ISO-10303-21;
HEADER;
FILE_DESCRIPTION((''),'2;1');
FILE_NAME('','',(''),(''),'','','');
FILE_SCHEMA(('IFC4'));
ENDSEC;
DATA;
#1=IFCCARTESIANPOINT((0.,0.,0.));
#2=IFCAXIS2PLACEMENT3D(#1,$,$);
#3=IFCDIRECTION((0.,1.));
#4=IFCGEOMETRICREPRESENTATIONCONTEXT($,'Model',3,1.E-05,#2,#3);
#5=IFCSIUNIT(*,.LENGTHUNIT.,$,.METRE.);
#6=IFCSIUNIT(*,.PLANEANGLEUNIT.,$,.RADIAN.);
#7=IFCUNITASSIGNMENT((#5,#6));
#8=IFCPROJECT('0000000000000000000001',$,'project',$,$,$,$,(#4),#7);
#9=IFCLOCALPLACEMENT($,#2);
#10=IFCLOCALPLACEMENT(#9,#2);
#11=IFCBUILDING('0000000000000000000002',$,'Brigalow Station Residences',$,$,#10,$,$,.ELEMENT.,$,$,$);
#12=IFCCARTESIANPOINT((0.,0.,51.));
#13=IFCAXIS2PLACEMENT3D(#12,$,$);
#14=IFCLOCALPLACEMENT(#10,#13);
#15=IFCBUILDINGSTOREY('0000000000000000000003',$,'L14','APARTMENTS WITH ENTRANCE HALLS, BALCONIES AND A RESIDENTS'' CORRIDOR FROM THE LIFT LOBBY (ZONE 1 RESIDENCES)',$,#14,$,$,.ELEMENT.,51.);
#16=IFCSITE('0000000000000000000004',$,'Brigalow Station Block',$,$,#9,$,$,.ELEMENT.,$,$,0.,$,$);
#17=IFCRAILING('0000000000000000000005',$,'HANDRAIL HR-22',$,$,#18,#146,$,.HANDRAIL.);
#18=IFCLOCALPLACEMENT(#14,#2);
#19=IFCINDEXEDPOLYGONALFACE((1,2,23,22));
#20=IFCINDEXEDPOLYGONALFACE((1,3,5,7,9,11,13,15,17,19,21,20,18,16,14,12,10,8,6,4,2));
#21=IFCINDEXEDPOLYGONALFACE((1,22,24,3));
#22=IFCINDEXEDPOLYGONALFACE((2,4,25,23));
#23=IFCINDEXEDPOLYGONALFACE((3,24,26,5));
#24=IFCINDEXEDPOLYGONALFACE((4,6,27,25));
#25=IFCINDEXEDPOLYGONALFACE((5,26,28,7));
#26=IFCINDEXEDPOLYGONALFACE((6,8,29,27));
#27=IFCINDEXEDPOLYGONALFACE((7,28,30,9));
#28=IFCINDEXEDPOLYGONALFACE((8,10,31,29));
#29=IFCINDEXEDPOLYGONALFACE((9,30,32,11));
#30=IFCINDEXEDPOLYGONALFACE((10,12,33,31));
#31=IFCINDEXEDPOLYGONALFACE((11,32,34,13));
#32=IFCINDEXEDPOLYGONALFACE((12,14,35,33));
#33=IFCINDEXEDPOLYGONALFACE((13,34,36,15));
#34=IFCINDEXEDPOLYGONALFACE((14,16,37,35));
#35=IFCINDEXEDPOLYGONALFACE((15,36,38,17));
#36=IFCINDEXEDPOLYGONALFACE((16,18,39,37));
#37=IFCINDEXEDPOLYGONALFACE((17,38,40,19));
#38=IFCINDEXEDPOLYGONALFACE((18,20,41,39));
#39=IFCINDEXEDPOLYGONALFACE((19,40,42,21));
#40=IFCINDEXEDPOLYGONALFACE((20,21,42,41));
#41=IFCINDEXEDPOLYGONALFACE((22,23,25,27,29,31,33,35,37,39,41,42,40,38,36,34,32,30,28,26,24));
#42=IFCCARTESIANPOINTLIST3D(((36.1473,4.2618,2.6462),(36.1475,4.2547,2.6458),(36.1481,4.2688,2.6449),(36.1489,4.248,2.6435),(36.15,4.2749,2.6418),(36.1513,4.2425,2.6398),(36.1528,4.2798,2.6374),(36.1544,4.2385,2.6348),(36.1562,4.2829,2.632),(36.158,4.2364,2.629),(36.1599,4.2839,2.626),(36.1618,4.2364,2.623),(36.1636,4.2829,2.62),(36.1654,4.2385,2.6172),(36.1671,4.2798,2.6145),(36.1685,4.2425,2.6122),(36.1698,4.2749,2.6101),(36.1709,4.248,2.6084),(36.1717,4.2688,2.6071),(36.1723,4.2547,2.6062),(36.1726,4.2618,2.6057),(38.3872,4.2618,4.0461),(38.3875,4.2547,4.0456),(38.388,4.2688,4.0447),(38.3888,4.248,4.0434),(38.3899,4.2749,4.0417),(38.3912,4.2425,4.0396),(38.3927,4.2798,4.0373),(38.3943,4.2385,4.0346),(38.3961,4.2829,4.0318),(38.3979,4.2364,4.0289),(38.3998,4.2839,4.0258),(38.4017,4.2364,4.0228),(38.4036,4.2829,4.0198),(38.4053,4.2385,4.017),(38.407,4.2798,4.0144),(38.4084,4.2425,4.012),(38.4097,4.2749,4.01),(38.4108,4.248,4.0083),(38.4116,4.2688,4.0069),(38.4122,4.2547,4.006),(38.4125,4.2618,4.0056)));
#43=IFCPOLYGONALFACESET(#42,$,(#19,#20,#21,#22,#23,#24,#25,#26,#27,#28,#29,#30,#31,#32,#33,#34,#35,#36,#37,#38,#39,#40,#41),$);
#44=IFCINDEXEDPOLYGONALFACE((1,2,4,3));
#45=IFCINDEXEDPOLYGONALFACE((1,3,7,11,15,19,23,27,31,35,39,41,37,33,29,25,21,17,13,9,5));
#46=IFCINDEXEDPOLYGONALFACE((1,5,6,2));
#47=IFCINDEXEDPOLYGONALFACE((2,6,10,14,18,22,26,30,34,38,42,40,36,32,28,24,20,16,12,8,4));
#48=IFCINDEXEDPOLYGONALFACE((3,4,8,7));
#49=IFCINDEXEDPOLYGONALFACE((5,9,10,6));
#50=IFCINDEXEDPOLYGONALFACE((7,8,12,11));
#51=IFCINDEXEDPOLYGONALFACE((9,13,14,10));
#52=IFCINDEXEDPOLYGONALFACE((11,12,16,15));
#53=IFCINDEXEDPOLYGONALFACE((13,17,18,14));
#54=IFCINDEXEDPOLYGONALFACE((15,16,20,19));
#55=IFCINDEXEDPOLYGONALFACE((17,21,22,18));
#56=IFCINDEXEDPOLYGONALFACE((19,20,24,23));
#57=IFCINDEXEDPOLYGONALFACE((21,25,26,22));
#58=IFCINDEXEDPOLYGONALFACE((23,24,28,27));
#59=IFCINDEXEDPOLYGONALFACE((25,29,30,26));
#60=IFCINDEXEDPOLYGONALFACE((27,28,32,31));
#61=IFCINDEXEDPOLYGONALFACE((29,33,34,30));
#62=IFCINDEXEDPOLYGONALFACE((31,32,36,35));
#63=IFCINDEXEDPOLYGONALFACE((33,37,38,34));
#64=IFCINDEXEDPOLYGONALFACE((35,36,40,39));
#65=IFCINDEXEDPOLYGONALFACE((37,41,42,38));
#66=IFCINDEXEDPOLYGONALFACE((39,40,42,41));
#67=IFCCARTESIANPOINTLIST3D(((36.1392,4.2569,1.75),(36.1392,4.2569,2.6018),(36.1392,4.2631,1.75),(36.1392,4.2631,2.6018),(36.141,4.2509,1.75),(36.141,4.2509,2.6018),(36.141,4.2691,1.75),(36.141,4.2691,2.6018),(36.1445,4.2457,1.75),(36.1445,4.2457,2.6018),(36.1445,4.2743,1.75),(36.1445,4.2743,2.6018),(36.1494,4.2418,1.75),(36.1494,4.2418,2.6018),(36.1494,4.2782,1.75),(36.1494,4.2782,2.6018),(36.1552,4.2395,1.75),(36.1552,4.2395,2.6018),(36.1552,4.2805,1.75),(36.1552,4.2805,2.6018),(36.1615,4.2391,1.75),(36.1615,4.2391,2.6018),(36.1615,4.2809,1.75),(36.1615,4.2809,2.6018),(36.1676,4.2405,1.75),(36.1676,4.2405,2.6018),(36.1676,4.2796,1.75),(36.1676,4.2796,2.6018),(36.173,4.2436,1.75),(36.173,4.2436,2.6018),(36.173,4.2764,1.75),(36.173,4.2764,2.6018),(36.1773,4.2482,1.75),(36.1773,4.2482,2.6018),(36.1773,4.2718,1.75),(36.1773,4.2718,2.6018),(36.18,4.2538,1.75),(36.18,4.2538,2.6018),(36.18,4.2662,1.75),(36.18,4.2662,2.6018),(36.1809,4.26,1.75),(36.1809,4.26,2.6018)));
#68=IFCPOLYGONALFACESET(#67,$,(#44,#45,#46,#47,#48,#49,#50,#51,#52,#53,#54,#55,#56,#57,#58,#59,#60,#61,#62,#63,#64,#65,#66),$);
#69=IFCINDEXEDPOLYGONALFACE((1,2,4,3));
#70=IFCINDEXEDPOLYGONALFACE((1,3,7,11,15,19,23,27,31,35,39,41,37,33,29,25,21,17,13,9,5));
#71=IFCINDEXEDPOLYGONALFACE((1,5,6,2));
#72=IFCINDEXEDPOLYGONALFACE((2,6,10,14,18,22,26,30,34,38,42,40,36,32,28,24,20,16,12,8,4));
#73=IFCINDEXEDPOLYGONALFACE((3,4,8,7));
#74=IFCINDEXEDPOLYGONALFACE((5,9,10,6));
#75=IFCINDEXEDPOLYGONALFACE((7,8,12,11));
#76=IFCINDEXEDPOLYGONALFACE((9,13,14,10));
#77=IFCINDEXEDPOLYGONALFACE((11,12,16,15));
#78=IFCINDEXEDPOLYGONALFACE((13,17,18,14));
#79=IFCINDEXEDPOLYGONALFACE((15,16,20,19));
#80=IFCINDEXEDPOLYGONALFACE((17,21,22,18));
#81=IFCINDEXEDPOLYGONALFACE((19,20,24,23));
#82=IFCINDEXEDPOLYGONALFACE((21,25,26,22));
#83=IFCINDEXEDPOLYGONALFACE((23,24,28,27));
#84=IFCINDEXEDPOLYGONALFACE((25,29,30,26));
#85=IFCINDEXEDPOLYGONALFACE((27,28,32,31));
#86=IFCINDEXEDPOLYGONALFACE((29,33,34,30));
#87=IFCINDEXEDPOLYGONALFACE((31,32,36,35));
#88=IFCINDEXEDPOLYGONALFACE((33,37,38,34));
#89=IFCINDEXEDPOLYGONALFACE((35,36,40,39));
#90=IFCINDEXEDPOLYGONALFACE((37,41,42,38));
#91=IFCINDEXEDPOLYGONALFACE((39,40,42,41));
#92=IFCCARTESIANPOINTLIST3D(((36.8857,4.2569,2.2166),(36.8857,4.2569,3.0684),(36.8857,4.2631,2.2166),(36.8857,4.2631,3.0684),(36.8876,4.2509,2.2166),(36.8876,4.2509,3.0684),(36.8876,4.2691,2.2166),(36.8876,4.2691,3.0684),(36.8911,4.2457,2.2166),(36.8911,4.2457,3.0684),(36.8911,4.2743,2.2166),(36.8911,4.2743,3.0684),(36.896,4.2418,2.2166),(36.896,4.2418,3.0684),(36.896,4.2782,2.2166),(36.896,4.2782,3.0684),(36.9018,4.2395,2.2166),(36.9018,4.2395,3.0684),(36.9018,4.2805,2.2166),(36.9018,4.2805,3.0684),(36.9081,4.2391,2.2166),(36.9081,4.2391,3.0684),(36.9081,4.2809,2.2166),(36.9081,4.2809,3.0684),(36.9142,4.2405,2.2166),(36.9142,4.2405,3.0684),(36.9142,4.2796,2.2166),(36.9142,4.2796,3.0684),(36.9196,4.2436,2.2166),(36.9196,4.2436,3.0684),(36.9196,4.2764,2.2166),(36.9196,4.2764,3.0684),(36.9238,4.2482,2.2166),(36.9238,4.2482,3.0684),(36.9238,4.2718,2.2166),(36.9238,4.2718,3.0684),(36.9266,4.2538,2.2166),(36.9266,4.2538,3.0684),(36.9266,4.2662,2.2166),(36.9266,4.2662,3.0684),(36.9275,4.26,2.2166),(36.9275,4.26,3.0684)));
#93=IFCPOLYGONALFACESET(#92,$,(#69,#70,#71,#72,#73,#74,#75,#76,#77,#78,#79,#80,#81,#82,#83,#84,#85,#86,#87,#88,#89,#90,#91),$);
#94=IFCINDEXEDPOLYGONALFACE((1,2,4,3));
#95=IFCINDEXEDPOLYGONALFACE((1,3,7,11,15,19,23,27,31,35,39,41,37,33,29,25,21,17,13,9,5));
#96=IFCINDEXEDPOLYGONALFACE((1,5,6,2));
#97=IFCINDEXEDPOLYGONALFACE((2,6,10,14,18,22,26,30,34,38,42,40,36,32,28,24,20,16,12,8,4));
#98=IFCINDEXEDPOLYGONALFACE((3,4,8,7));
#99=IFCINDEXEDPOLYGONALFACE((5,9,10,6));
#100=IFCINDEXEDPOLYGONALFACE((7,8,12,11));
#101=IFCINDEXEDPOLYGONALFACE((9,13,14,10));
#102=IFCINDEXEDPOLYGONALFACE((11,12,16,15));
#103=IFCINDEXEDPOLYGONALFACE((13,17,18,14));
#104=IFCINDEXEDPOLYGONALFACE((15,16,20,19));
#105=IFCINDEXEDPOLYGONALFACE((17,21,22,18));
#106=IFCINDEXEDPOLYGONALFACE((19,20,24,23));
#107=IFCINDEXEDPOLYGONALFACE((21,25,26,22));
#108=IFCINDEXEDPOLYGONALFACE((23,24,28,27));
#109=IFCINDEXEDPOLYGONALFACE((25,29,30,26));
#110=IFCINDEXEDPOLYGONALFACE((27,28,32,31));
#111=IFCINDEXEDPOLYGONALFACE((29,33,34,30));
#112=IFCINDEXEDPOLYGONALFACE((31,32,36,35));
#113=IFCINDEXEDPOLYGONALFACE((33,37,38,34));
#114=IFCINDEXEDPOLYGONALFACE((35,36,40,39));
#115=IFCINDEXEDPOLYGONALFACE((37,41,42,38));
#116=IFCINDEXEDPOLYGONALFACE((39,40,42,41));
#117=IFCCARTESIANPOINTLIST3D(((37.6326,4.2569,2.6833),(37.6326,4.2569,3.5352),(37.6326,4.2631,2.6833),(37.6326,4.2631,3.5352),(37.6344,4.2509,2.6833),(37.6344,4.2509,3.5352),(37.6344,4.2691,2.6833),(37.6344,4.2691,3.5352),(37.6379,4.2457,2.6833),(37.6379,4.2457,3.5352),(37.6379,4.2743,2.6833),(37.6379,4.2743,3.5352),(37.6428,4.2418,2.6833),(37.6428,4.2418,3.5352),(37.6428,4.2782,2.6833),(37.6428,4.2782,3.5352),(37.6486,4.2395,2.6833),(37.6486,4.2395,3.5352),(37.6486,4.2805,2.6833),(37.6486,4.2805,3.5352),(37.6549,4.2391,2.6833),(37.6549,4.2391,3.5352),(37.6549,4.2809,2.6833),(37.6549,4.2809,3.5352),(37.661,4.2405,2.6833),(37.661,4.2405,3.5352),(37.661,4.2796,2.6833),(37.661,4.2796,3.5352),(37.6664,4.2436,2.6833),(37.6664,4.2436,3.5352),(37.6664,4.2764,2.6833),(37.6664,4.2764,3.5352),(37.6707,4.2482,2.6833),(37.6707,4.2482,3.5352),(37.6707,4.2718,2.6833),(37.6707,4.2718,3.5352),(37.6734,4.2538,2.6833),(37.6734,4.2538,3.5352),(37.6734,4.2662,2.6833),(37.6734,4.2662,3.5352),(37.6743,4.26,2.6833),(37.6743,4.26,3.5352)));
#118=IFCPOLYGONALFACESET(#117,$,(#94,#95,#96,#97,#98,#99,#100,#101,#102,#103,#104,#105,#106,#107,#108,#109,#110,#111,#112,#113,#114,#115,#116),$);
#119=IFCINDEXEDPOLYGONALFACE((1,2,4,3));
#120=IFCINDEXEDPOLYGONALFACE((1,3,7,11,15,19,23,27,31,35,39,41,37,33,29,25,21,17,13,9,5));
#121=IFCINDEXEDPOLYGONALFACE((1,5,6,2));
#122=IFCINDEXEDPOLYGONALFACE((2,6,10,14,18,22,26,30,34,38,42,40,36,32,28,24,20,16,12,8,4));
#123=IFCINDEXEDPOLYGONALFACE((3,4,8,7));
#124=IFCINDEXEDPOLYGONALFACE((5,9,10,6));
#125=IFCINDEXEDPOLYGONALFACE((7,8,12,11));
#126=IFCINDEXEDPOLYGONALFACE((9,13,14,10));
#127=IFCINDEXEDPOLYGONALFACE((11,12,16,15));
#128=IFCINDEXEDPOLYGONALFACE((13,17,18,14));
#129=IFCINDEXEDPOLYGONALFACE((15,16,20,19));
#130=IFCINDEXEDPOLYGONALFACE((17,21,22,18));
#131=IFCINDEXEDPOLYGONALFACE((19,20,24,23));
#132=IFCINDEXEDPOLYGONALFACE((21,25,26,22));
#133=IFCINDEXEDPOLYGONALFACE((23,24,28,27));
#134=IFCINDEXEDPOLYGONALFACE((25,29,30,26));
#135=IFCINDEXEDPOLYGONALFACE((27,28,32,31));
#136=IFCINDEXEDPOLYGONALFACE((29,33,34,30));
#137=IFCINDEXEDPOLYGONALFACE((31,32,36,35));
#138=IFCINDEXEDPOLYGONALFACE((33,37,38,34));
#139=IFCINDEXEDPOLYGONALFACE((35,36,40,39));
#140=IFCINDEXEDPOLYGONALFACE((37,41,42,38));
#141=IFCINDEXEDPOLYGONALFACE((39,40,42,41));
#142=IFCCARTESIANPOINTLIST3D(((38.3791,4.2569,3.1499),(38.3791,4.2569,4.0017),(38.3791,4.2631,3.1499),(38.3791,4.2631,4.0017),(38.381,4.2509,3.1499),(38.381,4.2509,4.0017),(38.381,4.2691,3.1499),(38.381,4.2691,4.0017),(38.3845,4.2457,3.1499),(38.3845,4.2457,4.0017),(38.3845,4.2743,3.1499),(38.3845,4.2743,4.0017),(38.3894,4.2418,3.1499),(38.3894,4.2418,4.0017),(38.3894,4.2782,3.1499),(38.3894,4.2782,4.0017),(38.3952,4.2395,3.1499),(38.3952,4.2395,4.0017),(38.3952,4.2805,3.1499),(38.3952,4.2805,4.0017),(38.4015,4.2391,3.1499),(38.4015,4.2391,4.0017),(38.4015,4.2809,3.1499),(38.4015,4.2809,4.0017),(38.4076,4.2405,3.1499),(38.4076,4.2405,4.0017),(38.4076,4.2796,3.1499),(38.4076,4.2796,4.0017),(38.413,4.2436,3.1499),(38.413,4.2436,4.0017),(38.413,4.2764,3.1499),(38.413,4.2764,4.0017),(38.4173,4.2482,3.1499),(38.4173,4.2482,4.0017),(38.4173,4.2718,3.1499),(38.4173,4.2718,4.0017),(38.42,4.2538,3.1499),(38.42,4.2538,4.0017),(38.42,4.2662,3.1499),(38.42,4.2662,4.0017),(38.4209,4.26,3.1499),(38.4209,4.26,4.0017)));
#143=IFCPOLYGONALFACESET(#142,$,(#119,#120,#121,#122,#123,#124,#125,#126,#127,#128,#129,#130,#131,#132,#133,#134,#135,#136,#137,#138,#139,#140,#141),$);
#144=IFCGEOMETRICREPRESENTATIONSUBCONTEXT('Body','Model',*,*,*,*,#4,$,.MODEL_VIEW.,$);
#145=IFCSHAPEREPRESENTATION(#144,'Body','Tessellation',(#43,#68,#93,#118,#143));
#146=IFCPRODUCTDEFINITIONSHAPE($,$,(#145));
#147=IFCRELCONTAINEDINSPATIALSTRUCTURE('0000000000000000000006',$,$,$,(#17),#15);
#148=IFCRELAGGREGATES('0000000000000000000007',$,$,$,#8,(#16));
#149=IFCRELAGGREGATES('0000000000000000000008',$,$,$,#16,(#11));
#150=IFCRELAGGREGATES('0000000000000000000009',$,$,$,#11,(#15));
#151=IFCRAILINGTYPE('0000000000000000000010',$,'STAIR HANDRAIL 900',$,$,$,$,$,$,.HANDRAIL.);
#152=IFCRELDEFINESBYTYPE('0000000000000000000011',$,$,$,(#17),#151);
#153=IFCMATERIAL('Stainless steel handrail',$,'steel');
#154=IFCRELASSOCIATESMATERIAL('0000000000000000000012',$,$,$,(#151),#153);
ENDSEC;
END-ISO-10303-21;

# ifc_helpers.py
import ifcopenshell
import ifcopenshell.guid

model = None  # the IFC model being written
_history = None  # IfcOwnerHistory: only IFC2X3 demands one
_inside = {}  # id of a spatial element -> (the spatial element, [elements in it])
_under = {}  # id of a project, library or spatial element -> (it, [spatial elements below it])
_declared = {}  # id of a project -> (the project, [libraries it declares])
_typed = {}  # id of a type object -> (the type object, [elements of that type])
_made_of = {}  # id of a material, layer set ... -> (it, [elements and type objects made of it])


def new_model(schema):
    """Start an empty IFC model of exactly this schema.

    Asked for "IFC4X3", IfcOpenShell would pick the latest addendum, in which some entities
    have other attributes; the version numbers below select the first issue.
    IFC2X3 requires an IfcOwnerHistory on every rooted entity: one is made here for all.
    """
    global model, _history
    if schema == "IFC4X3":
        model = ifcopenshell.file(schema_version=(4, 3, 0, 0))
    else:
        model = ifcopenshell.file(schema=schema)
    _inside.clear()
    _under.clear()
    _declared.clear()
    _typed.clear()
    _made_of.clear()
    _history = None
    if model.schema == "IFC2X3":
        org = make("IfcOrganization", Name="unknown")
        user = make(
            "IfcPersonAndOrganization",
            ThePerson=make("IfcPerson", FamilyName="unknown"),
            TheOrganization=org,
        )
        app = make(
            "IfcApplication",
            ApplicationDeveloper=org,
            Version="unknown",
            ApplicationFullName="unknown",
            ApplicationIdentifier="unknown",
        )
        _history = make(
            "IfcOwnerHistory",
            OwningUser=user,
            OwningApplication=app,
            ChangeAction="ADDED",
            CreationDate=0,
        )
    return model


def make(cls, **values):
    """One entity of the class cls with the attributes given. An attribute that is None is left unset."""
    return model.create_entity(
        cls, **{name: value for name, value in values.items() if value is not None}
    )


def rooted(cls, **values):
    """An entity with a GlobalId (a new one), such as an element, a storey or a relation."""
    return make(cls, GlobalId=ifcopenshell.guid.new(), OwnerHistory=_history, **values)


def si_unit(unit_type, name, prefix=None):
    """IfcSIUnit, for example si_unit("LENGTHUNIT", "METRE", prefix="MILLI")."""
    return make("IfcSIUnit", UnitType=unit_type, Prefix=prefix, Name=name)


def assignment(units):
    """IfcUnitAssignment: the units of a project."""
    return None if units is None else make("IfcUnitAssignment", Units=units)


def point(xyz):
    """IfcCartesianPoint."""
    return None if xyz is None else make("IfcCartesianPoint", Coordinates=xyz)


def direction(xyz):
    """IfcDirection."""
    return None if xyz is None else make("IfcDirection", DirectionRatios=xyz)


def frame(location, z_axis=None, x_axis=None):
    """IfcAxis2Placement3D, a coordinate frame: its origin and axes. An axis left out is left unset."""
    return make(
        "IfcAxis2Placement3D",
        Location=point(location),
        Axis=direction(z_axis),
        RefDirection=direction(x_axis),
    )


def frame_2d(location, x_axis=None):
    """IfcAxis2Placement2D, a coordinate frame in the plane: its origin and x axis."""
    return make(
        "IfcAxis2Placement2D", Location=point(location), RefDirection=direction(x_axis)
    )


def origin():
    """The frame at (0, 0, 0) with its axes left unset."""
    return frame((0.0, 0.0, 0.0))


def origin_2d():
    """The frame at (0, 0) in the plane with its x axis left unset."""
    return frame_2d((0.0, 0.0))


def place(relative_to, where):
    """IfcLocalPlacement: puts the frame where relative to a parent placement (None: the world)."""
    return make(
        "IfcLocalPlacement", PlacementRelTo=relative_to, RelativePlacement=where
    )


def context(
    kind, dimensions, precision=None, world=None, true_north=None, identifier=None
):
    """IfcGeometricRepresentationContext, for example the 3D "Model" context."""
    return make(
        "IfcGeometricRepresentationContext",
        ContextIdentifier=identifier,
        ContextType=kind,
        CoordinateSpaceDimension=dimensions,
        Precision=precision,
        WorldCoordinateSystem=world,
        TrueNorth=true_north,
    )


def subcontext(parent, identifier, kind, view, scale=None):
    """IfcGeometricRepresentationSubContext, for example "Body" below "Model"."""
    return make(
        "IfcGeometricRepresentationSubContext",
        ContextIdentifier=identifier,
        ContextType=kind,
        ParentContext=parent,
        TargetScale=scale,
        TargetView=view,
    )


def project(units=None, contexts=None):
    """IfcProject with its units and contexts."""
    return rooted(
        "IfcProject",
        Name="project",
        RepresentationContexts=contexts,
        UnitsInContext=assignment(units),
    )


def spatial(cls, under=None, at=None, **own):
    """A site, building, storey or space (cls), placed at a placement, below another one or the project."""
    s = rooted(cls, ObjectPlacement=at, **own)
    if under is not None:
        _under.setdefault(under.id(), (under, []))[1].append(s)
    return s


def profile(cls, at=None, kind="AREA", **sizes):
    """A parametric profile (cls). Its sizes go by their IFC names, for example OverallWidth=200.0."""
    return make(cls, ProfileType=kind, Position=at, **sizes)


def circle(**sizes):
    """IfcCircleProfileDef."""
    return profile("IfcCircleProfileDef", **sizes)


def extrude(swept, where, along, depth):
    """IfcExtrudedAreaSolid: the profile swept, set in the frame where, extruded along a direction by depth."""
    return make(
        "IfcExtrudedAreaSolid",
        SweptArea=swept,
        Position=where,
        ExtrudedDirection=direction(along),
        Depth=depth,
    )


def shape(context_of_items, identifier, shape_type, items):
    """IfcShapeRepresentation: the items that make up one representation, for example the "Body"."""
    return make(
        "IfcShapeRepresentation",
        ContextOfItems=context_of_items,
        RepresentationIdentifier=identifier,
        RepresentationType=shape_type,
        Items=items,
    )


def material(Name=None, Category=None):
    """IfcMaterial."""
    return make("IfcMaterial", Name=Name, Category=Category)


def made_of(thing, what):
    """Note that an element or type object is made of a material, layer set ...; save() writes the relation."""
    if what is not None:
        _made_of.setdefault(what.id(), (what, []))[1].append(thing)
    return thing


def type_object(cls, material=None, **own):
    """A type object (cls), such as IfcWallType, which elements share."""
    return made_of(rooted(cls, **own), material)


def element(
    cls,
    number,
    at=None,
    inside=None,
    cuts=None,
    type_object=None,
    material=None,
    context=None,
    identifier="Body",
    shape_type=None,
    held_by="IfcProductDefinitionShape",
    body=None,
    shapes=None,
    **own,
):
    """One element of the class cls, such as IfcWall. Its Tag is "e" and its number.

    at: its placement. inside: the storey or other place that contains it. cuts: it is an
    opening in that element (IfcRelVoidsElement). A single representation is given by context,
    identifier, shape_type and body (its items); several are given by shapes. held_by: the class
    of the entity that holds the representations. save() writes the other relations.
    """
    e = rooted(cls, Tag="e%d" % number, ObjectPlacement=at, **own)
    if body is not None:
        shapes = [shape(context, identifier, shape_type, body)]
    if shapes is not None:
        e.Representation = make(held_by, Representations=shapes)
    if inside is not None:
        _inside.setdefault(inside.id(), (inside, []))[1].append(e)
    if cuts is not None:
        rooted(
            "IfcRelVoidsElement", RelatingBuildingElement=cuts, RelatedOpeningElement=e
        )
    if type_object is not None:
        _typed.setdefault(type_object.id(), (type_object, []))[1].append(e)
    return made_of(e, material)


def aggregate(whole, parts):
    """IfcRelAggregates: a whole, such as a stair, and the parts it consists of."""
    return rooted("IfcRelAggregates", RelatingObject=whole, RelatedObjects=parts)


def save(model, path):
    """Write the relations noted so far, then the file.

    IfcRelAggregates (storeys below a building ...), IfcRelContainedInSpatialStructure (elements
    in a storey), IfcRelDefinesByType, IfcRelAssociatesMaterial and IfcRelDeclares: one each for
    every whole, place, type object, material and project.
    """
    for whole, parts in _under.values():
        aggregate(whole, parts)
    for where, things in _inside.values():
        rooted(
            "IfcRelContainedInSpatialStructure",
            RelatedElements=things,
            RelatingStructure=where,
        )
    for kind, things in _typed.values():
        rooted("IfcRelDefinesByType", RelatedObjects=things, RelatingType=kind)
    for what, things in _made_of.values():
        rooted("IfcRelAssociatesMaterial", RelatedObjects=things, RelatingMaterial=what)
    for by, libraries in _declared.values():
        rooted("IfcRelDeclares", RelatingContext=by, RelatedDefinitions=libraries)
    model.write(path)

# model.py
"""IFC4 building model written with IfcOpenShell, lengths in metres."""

from ifc_helpers import new_model, si_unit, direction, frame, origin, origin_2d, place, context, subcontext, project, spatial, circle, extrude, material, type_object, element, save


model = new_model("IFC4")

# Units and contexts
model_context = context("Model", 3, precision=1e-05, world=origin(), true_north=direction((0.0, 1.0)))
body_context = subcontext(model_context, "Body", "Model", "MODEL_VIEW")
ifc_project = project(units=[si_unit("LENGTHUNIT", "METRE"), si_unit("PLANEANGLEUNIT", "RADIAN")], contexts=[model_context])

# Site, building, storey
site_placement = place(None, origin())
site = spatial("IfcSite", under=ifc_project, at=site_placement, Name="Brigalow Station Block", CompositionType="ELEMENT", RefElevation=0.0)
building_placement = place(site_placement, origin())
building = spatial("IfcBuilding", under=site, at=building_placement, Name="Brigalow Station Residences", CompositionType="ELEMENT")
storey_placement = place(building_placement, frame((0.0, 0.0, 51.0)))
storey = spatial("IfcBuildingStorey", under=building, at=storey_placement, Name="L14", Description="APARTMENTS WITH ENTRANCE HALLS, BALCONIES AND A RESIDENTS' CORRIDOR FROM THE LIFT LOBBY (ZONE 1 RESIDENCES)", CompositionType="ELEMENT", Elevation=51.0)

# Railing
ifc_material_1 = material(Name="Stainless steel handrail", Category="steel")
railing_type_1 = type_object("IfcRailingType", Name="STAIR HANDRAIL 900", PredefinedType="HANDRAIL", material=ifc_material_1)
railing_1_placement = place(storey_placement, frame((36.1599, 4.26, 1.75)))
element("IfcRailing", 1, at=railing_1_placement, inside=storey, type_object=railing_type_1, Name="HANDRAIL HR-22", PredefinedType="HANDRAIL", context=body_context, shape_type="SweptSolid", body=[
    extrude(circle(Radius=0.0239, at=origin_2d()), frame((0.0, 0.0, 0.876), z_axis=(0.848014, 0.0, 0.529974), x_axis=(0.0, 1.0, 0.0)), (0.0, 0.0, 1.0), 2.6414),
    extrude(circle(Radius=0.021, at=origin_2d()), origin(), (0.0, 0.0, 1.0), 0.8518),
    extrude(circle(Radius=0.021, at=origin_2d()), frame((0.7466, 0.0, 0.4666)), (0.0, 0.0, 1.0), 0.8518),
    extrude(circle(Radius=0.021, at=origin_2d()), frame((1.4934, 0.0, 0.9333)), (0.0, 0.0, 1.0), 0.8518),
    extrude(circle(Radius=0.021, at=origin_2d()), frame((2.24, 0.0, 1.3999)), (0.0, 0.0, 1.0), 0.8518),
])

save(model, "model.ifc")
